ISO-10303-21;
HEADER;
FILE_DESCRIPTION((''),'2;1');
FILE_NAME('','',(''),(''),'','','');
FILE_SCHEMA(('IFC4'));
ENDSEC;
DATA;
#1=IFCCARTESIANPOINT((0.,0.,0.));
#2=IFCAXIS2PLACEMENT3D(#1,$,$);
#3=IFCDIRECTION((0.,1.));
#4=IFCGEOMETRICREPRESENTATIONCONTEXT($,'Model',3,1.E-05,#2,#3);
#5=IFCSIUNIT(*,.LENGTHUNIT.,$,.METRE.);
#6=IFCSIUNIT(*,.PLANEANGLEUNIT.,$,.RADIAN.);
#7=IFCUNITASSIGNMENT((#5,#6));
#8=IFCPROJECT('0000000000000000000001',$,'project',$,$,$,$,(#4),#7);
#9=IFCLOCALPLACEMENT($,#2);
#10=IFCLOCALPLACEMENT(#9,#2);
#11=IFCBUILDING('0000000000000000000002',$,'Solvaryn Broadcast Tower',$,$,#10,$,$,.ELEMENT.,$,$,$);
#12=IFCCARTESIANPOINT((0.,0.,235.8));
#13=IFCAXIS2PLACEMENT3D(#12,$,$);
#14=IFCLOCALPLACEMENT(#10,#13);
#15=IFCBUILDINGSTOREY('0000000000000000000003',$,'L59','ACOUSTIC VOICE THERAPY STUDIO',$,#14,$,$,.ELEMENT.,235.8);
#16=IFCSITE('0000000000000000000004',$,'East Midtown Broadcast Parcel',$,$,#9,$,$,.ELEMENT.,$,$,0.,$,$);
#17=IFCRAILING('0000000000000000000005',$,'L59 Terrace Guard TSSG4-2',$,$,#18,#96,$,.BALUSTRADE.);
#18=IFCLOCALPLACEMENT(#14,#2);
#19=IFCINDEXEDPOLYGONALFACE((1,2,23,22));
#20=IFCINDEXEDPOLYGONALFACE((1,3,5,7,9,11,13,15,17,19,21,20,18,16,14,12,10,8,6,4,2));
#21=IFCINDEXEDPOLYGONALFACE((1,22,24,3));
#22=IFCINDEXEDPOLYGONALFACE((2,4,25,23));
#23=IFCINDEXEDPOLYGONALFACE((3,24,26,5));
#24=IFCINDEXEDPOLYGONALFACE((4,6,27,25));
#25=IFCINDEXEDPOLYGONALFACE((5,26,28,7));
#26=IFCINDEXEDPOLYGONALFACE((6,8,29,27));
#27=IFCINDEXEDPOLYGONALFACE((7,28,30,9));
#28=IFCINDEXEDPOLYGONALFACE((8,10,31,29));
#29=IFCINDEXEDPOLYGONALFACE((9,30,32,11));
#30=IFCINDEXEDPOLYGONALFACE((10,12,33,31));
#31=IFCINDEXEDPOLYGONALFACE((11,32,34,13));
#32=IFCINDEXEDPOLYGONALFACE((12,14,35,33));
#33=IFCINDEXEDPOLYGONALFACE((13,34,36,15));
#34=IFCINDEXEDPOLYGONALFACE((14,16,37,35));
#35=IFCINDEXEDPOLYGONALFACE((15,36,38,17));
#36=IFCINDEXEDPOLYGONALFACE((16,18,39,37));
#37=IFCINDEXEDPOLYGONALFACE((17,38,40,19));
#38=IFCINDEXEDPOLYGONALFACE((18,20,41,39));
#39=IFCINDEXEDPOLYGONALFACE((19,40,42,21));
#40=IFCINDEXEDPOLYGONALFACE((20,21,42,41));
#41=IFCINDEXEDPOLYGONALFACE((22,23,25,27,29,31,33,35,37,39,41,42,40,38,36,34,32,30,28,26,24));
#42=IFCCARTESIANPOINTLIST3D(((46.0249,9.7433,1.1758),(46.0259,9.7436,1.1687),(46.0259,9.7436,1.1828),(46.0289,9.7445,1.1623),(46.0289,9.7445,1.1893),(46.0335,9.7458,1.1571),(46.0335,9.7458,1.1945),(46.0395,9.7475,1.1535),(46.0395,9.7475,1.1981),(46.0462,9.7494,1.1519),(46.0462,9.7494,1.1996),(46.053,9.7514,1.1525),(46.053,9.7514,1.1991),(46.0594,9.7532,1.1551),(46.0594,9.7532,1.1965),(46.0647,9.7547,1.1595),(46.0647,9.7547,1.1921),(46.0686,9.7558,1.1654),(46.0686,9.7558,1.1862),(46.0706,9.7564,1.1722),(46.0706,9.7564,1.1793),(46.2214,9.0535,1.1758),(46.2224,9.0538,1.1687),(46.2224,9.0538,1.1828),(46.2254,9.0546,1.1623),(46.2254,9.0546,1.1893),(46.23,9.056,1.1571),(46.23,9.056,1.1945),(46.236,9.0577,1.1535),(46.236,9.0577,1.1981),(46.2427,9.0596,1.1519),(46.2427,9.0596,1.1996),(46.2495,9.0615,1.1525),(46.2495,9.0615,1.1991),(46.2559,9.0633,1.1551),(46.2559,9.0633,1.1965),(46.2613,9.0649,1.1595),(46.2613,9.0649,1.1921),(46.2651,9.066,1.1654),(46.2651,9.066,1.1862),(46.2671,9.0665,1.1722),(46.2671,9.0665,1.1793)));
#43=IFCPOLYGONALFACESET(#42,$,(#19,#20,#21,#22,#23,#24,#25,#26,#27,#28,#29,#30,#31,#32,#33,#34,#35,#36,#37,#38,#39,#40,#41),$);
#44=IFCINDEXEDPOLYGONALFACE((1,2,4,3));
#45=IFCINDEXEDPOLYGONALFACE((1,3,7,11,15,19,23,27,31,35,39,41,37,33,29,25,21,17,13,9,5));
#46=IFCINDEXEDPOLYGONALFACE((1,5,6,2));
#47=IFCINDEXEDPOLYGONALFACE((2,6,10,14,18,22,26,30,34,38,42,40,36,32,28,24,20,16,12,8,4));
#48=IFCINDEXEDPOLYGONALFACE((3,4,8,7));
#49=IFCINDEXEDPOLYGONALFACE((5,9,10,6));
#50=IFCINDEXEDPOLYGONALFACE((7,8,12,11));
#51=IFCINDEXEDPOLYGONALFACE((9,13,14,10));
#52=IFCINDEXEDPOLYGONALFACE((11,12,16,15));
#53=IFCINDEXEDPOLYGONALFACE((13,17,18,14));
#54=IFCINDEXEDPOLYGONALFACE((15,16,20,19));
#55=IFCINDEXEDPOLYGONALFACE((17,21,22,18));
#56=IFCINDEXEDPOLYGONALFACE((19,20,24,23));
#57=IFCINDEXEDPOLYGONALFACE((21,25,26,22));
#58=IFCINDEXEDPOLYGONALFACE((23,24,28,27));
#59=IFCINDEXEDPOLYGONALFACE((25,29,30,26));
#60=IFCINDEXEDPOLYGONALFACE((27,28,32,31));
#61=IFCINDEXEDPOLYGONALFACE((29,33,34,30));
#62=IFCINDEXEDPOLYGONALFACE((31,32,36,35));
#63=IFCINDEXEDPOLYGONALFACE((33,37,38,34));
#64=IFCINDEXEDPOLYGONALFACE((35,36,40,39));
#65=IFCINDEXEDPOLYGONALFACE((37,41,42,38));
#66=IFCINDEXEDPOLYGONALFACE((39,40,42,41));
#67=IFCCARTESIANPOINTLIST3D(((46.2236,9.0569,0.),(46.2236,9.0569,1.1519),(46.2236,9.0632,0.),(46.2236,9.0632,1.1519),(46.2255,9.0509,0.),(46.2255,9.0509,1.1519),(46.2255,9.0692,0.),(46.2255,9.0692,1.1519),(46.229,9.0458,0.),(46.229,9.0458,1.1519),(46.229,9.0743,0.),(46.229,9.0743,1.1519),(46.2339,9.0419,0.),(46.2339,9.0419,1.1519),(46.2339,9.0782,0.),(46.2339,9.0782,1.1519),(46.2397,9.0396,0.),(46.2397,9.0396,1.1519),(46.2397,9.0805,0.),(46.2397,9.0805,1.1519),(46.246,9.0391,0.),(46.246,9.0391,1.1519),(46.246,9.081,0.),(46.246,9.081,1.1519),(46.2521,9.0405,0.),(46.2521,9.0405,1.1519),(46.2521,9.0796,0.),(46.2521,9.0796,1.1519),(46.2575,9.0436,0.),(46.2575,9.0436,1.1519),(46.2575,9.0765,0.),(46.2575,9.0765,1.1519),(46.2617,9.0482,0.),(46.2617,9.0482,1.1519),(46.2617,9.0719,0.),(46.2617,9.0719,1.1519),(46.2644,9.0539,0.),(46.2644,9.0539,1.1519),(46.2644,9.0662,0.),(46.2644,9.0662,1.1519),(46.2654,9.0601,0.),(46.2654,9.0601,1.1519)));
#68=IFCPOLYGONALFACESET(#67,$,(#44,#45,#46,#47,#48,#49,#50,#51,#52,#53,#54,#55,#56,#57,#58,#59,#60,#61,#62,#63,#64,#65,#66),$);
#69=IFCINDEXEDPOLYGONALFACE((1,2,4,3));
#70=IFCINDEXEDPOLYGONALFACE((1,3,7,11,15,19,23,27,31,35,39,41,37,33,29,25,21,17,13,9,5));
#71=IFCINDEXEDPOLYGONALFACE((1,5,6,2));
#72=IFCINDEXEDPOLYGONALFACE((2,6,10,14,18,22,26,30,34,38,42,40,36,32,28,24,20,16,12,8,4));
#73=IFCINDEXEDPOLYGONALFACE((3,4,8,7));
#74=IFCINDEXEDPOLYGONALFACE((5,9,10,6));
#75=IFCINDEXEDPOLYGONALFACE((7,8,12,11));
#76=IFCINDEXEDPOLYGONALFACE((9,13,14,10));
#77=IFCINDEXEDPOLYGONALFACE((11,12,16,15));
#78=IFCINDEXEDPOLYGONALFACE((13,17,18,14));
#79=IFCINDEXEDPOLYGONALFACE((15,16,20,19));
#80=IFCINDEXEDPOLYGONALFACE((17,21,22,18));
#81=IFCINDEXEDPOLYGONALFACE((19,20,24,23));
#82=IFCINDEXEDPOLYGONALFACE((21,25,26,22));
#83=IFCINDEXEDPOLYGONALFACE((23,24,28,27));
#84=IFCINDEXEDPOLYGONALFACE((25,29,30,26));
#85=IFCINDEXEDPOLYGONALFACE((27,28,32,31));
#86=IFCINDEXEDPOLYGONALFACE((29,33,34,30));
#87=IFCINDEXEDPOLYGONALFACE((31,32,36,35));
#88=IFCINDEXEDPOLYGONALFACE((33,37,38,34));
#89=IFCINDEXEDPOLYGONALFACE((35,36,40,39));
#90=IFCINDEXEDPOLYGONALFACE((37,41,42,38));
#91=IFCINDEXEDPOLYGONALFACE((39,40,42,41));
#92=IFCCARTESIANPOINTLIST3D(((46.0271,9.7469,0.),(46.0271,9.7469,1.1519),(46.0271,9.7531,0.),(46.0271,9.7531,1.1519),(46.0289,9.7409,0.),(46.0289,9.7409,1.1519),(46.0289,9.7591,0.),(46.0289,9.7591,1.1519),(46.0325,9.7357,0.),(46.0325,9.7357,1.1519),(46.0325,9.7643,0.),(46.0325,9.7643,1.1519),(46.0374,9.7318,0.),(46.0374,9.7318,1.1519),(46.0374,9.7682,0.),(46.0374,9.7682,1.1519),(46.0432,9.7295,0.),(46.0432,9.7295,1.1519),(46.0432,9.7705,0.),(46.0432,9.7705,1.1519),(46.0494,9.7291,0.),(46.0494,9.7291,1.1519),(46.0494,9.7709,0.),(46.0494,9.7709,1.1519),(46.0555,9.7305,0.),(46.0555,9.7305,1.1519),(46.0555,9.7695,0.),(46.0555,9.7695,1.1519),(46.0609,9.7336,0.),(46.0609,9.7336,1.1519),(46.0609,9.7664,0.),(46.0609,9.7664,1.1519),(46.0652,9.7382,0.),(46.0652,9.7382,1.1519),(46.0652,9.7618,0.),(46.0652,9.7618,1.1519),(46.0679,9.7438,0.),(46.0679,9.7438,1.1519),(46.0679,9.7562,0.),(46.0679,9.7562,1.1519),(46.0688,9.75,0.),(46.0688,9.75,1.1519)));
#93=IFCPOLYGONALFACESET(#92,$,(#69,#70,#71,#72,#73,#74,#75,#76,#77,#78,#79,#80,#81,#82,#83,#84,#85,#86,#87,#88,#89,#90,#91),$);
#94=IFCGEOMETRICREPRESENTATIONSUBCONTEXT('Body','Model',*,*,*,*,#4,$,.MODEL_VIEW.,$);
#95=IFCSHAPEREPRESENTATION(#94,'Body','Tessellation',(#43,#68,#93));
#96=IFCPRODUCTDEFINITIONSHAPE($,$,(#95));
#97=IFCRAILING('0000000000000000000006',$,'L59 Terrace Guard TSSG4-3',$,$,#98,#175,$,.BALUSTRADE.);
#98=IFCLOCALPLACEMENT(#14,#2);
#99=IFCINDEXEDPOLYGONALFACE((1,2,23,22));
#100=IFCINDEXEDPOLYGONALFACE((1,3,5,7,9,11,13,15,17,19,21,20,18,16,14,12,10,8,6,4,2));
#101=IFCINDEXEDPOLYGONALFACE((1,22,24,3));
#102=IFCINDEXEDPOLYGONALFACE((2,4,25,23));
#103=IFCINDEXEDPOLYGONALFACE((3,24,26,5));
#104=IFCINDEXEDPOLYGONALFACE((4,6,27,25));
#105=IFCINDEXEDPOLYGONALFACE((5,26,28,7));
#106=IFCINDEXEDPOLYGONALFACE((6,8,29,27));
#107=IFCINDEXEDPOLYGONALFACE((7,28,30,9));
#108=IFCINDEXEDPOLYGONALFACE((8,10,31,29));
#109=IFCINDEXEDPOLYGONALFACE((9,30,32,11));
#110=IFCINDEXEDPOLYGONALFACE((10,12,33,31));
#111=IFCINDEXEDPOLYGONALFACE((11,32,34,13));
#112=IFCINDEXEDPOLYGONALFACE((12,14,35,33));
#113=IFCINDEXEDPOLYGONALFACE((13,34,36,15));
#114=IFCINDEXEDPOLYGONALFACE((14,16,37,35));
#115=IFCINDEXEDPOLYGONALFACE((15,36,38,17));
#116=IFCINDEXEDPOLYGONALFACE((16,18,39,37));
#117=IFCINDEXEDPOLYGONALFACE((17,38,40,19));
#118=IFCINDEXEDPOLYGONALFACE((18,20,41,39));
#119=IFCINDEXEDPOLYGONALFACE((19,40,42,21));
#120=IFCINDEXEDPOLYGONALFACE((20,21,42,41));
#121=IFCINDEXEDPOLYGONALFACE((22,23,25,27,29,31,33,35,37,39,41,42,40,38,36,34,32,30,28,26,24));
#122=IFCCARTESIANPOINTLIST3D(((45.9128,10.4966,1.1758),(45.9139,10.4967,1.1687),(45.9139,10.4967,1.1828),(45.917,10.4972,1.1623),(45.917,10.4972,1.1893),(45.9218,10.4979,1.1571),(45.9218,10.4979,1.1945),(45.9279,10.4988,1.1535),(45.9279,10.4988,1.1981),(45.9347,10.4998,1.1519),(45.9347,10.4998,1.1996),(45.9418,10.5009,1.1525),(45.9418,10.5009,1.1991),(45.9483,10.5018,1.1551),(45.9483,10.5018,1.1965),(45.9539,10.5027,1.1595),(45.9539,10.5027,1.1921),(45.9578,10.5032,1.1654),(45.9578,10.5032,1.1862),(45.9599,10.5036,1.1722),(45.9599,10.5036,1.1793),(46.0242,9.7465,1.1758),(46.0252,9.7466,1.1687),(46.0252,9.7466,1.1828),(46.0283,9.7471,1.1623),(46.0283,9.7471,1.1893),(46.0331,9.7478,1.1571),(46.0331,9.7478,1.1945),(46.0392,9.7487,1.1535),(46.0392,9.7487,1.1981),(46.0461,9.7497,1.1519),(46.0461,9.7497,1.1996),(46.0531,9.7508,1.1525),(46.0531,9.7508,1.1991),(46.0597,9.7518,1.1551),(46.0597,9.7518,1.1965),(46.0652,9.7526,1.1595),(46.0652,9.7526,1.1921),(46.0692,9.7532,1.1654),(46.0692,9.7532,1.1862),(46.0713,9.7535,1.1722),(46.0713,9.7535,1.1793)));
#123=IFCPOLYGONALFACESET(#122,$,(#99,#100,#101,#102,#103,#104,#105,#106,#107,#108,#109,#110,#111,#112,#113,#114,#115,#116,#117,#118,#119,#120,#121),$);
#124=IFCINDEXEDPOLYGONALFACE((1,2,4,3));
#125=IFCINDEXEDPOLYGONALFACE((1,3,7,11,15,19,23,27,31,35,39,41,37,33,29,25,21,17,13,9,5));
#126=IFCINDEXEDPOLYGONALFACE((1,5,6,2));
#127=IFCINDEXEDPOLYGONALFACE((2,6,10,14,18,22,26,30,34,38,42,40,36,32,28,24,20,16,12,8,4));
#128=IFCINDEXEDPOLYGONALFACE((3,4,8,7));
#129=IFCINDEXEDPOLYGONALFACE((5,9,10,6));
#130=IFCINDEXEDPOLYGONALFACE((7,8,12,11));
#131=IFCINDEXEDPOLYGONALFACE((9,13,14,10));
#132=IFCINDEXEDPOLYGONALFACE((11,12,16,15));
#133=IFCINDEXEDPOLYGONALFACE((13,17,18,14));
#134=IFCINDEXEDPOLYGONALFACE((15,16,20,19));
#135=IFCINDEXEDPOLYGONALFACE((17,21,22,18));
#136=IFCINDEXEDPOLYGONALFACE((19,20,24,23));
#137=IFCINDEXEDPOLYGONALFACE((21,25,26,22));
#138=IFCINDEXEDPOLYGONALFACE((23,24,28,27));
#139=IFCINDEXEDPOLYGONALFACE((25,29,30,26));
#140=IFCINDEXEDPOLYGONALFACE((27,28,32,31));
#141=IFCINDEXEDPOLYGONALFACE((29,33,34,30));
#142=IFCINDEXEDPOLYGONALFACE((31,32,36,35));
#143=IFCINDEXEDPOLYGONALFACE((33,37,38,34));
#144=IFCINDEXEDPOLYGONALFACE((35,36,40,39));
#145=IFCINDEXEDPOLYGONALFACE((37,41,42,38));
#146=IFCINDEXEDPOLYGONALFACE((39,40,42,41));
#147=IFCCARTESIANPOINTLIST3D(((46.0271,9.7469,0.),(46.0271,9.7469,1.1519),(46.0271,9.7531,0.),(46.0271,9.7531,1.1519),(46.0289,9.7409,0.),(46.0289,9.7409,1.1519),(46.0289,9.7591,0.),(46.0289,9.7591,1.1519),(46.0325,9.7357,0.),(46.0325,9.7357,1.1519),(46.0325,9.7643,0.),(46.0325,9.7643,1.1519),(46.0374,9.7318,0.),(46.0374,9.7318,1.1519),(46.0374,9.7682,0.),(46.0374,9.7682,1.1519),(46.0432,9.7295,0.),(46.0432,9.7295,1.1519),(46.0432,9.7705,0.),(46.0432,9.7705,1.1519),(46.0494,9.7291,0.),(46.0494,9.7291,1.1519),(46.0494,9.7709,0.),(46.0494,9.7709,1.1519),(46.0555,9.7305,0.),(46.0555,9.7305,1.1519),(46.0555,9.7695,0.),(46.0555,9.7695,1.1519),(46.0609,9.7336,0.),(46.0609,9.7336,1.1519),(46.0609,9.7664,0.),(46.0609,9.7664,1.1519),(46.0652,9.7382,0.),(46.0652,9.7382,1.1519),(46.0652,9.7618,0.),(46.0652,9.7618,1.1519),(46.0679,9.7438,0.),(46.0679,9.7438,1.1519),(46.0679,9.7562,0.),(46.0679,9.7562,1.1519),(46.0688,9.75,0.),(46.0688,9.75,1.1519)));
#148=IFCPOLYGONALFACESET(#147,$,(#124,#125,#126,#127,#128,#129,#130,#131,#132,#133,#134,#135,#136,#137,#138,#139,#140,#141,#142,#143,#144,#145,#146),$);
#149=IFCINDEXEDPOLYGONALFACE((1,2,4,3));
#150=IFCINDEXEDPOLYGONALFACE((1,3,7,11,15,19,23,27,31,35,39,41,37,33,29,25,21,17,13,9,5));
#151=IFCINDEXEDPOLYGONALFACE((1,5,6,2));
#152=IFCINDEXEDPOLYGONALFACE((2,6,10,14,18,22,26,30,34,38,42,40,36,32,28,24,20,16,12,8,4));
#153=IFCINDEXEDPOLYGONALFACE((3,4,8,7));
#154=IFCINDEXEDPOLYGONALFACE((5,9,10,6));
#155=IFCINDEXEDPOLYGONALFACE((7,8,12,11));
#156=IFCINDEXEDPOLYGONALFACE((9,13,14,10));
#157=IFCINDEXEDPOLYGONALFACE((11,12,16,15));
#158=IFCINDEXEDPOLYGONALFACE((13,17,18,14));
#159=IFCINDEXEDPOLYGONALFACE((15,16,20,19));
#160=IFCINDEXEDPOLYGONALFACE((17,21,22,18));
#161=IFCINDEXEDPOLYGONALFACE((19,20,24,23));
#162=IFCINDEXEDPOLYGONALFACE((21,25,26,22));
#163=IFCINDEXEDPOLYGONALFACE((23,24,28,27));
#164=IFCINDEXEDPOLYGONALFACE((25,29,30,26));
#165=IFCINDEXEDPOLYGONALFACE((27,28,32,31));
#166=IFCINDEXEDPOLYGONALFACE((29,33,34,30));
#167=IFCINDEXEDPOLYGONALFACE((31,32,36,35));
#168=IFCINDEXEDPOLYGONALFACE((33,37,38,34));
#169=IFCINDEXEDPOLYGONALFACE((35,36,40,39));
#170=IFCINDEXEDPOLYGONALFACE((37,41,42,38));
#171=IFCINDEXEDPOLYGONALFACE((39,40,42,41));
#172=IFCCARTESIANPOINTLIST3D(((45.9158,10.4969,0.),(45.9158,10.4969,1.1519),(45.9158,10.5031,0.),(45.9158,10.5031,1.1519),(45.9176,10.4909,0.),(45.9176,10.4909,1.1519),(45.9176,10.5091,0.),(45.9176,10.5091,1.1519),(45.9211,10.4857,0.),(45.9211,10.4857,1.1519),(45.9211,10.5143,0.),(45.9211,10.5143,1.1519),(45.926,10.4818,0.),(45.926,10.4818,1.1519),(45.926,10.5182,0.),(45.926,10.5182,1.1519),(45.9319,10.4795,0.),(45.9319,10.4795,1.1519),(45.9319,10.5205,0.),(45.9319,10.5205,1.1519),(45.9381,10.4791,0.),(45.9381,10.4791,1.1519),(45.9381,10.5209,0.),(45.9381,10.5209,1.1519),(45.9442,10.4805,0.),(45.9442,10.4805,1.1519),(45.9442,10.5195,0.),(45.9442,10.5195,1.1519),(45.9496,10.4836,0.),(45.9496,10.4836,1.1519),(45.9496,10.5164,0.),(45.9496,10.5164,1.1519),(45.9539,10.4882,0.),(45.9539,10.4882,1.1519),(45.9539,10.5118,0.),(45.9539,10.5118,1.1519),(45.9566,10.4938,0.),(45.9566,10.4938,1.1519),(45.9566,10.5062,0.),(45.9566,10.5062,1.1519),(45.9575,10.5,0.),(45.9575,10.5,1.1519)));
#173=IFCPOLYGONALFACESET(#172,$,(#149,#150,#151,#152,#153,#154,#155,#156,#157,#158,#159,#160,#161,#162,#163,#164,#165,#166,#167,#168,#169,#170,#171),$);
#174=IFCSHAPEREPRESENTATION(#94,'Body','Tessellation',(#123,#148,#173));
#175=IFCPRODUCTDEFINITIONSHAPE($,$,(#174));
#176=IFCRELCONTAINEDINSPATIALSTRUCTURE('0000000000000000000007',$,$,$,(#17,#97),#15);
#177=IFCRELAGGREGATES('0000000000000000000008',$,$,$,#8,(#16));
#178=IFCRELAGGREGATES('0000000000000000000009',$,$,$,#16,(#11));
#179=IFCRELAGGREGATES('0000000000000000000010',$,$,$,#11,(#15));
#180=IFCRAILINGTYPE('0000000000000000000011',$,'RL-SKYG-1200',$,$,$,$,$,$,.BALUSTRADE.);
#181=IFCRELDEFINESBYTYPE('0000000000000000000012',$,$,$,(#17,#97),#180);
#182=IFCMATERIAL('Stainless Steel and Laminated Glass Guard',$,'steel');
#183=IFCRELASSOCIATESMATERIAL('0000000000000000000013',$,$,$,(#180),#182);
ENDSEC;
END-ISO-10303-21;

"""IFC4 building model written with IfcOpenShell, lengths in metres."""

from ifc_helpers import new_model, si_unit, direction, frame, origin, origin_2d, place, context, subcontext, project, spatial, circle, extrude, material, type_object, element, save


model = new_model("IFC4")

# Units and contexts
model_context = context("Model", 3, precision=1e-05, world=origin(), true_north=direction((0.0, 1.0)))
body_context = subcontext(model_context, "Body", "Model", "MODEL_VIEW")
ifc_project = project(units=[si_unit("LENGTHUNIT", "METRE"), si_unit("PLANEANGLEUNIT", "RADIAN")], contexts=[model_context])

# Site, building, storey
site_placement = place(None, origin())
site = spatial("IfcSite", under=ifc_project, at=site_placement, Name="East Midtown Broadcast Parcel", CompositionType="ELEMENT", RefElevation=0.0)
building_placement = place(site_placement, origin())
building = spatial("IfcBuilding", under=site, at=building_placement, Name="Solvaryn Broadcast Tower", CompositionType="ELEMENT")
storey_placement = place(building_placement, frame((0.0, 0.0, 235.8)))
storey = spatial("IfcBuildingStorey", under=building, at=storey_placement, Name="L59", Description="ACOUSTIC VOICE THERAPY STUDIO", CompositionType="ELEMENT", Elevation=235.8)

# Railings
ifc_material_1 = material(Name="Stainless Steel and Laminated Glass Guard", Category="steel")
railing_type = type_object("IfcRailingType", Name="RL-SKYG-1200", PredefinedType="BALUSTRADE", material=ifc_material_1)
railing_1_placement = place(storey_placement, frame((46.2444, 9.0601, 0.0)))
element("IfcRailing", 1, at=railing_1_placement, inside=storey, type_object=railing_type, Name="L59 Terrace Guard TSSG4-2", PredefinedType="BALUSTRADE", context=body_context, shape_type="SweptSolid", body=[
    extrude(circle(Radius=0.0239, at=origin_2d()), frame((0.0, 0.0, 1.1758), z_axis=(-0.273957, 0.961742, 0.0), x_axis=(-0.961742, -0.273957, 0.0)), (0.0, 0.0, 1.0), 0.7173),
    extrude(circle(Radius=0.021, at=origin_2d()), origin(), (0.0, 0.0, 1.0), 1.1519),
    extrude(circle(Radius=0.021, at=origin_2d()), frame((-0.1965, 0.6899, 0.0)), (0.0, 0.0, 1.0), 1.1519),
])
railing_2_placement = place(storey_placement, frame((46.0479, 9.75, 0.0)))
element("IfcRailing", 2, at=railing_2_placement, inside=storey, type_object=railing_type, Name="L59 Terrace Guard TSSG4-3", PredefinedType="BALUSTRADE", context=body_context, shape_type="SweptSolid", body=[
    extrude(circle(Radius=0.0239, at=origin_2d()), frame((0.0, 0.0, 1.1758), z_axis=(-0.146829, 0.989162, 0.0), x_axis=(-0.989162, -0.146829, 0.0)), (0.0, 0.0, 1.0), 0.7583),
    extrude(circle(Radius=0.021, at=origin_2d()), origin(), (0.0, 0.0, 1.0), 1.1519),
    extrude(circle(Radius=0.021, at=origin_2d()), frame((-0.1113, 0.75, 0.0)), (0.0, 0.0, 1.0), 1.1519),
])

save(model, "model.ifc")
